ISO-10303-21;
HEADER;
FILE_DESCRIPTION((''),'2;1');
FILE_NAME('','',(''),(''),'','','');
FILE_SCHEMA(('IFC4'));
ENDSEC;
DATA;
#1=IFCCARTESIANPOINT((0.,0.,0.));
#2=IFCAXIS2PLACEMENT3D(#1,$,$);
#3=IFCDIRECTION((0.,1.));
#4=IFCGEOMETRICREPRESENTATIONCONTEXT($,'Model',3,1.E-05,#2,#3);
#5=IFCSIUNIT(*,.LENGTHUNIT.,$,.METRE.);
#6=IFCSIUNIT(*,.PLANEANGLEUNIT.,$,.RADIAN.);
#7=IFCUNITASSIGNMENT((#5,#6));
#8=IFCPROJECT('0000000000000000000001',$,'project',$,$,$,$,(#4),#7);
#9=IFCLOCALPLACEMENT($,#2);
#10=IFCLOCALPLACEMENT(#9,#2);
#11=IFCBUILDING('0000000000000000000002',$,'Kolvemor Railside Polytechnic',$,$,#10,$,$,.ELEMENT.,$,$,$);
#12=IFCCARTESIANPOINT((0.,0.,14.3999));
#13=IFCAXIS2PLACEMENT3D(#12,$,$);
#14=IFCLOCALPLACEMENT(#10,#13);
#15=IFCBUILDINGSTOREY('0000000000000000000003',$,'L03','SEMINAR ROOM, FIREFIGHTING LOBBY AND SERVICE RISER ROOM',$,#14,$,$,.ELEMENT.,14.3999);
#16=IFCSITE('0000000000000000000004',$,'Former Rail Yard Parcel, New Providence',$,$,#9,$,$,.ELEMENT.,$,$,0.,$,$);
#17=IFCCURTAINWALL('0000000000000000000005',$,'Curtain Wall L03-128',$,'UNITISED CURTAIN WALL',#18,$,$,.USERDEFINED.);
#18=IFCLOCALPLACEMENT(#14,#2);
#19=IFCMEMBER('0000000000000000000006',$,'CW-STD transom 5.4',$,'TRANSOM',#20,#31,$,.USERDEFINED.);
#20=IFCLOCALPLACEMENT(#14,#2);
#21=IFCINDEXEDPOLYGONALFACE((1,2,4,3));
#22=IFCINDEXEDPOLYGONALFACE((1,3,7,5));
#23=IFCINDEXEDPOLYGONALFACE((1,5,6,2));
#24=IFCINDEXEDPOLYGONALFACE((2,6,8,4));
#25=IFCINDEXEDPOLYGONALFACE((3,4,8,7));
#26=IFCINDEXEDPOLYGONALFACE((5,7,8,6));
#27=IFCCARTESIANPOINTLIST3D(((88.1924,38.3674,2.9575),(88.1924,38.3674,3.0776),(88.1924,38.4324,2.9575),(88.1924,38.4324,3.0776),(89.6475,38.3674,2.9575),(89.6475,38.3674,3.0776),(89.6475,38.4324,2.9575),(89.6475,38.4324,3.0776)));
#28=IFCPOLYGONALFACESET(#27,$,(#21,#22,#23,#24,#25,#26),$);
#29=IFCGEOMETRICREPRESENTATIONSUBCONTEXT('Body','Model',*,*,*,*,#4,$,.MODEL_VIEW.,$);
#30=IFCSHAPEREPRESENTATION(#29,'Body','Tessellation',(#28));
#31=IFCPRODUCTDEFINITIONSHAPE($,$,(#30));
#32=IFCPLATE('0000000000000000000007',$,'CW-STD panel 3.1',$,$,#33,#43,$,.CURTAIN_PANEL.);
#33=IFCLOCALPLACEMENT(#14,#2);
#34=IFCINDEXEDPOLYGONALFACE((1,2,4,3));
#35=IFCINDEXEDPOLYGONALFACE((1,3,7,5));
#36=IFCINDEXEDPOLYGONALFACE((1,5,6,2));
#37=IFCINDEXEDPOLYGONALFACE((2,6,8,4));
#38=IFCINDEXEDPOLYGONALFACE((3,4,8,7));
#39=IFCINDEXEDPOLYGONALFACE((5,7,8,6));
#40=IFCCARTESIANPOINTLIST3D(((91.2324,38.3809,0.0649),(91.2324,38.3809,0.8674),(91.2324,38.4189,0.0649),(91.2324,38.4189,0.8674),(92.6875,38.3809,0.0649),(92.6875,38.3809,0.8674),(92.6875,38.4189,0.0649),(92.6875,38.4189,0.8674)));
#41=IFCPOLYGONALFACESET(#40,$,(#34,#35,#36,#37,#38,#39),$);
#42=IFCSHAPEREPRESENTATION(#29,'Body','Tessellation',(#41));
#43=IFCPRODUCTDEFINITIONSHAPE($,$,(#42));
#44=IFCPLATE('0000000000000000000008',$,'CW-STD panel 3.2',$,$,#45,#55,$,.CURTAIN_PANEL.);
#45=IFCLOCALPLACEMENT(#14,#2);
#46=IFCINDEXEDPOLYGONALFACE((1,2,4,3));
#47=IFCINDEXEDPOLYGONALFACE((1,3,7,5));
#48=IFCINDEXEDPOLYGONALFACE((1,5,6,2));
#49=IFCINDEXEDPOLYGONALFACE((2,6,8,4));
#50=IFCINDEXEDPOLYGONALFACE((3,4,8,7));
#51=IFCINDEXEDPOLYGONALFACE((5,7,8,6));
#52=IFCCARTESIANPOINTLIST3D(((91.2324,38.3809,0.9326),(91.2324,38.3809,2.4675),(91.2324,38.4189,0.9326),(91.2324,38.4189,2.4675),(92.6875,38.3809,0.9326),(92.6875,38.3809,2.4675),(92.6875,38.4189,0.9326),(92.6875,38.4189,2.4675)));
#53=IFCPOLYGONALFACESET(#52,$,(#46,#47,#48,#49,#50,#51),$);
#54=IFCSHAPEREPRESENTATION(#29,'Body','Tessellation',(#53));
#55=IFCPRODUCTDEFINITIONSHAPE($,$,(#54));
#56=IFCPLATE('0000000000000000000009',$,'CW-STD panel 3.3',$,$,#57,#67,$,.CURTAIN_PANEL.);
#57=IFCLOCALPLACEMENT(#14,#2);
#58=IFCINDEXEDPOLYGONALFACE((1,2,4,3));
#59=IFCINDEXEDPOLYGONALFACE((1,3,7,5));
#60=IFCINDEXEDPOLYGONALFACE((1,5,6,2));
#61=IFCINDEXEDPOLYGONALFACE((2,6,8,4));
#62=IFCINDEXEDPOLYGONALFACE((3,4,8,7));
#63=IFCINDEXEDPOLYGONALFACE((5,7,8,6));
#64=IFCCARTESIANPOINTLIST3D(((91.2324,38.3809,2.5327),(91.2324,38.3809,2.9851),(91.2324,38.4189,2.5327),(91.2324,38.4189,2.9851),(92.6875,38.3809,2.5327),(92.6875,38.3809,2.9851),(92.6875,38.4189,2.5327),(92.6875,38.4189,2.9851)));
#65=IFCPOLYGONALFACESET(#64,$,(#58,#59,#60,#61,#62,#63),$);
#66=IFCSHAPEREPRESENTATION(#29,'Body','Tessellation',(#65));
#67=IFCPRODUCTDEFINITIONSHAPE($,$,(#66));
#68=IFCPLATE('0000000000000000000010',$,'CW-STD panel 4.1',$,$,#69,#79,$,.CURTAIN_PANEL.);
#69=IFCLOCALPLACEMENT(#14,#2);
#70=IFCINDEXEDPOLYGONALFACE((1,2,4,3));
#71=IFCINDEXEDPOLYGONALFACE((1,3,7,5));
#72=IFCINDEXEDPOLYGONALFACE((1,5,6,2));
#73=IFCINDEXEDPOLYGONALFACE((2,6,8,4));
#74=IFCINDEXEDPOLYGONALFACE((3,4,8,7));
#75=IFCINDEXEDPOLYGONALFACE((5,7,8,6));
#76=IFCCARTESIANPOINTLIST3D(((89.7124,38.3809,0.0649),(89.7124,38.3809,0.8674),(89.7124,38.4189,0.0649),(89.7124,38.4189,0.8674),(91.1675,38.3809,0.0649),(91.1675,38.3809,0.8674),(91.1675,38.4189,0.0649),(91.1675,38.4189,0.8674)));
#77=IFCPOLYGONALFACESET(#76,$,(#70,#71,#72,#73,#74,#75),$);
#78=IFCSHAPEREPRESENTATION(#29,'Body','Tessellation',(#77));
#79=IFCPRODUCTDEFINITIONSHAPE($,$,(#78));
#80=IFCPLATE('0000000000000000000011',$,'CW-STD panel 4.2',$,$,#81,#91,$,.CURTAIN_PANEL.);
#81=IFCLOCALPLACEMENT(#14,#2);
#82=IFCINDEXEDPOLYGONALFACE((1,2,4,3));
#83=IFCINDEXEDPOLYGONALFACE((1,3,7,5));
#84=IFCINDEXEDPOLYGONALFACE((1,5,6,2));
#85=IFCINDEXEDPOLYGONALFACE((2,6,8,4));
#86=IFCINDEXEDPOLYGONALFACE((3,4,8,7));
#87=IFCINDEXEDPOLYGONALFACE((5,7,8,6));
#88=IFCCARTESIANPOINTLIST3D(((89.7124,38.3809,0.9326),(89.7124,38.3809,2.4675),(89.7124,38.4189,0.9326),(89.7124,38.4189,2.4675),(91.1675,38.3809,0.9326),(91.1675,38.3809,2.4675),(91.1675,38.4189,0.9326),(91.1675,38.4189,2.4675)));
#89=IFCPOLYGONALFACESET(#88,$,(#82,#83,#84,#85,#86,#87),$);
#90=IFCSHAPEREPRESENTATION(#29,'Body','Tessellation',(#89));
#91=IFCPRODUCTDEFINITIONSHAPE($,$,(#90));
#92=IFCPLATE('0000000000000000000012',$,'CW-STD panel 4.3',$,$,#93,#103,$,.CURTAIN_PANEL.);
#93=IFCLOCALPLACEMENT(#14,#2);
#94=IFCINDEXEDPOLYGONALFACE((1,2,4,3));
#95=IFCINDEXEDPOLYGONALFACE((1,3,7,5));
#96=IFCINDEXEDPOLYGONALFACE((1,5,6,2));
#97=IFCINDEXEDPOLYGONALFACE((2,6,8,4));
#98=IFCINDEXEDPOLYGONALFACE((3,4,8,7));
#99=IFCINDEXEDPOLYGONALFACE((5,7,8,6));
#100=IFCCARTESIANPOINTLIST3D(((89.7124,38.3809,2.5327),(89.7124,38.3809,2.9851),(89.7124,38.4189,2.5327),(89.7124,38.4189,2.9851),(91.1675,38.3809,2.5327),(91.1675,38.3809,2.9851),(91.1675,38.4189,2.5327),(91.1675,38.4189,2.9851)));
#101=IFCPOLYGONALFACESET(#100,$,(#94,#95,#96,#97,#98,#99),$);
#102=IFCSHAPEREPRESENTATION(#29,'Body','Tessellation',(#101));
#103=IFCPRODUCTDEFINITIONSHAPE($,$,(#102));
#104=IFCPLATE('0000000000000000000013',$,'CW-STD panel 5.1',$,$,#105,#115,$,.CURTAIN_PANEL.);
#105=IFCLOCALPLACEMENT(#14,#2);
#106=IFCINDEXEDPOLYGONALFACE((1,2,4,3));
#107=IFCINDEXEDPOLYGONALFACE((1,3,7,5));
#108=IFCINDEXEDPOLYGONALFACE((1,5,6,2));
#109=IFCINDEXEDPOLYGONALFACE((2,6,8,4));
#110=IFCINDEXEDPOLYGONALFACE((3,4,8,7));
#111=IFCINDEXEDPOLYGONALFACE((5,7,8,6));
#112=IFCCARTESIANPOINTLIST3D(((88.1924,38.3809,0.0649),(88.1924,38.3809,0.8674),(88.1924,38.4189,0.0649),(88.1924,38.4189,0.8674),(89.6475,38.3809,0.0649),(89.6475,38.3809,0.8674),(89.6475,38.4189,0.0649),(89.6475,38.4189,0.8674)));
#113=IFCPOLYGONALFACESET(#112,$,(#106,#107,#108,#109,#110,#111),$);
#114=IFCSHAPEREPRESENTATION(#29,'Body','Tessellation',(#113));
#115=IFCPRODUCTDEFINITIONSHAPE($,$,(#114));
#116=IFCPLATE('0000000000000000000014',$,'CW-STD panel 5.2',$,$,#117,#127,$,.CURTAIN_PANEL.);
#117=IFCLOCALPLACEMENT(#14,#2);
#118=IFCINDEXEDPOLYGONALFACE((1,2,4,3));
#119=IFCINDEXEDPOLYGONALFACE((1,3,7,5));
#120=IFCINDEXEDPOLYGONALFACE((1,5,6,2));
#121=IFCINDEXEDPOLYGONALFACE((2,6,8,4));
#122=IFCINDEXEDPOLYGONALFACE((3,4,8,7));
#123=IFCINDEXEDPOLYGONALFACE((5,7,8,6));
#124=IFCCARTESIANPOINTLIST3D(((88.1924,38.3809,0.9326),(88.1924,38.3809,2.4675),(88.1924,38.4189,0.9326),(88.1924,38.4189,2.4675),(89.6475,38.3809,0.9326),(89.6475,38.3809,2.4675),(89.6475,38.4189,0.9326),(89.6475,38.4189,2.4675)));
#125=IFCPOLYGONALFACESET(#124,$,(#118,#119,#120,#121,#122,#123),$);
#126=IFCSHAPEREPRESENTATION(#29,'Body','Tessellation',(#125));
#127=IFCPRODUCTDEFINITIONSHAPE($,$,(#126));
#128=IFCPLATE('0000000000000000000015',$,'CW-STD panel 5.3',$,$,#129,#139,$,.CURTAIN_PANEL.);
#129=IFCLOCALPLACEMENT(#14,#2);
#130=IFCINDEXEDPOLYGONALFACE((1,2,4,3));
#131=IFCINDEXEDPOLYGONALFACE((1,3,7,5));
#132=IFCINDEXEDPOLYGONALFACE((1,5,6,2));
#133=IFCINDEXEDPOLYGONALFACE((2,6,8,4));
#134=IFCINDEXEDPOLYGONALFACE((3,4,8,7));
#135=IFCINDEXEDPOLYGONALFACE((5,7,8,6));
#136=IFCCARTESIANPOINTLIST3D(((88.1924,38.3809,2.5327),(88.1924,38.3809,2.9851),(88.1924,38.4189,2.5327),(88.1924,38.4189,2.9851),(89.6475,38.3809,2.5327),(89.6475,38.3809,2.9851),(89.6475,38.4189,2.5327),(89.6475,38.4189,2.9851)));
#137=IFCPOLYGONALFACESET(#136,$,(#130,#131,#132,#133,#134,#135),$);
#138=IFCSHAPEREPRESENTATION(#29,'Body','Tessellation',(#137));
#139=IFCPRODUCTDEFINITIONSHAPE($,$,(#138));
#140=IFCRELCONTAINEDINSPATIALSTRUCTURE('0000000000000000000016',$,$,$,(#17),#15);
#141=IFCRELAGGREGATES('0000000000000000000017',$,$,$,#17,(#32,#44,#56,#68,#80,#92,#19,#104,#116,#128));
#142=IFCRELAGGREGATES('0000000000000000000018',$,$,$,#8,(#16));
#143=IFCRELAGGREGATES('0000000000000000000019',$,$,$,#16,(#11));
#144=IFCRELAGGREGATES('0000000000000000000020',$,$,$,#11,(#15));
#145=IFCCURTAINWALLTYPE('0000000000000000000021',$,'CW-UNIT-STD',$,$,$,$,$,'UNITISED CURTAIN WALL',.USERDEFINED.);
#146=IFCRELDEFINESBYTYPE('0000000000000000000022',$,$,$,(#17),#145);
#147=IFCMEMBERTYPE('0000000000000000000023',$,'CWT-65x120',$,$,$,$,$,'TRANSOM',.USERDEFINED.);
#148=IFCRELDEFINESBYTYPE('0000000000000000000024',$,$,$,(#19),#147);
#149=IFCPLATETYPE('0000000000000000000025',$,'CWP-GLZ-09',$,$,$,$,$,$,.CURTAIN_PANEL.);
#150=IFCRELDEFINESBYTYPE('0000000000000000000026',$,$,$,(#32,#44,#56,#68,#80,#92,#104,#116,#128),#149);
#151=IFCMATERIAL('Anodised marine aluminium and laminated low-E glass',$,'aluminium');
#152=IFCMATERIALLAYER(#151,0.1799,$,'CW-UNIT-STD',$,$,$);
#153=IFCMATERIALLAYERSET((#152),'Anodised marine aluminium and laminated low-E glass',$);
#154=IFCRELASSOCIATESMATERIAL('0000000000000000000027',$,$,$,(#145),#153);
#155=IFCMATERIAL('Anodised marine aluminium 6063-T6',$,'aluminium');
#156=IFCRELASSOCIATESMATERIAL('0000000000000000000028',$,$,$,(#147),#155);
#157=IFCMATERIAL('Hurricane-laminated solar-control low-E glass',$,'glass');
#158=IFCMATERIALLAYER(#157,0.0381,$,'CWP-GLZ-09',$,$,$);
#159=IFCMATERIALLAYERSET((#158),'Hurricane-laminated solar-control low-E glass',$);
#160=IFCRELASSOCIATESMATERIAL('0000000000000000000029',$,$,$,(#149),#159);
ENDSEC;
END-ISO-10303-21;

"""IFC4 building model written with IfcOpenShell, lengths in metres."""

from ifc_helpers import new_model, si_unit, direction, frame, origin, origin_2d, place, context, subcontext, project, spatial, rectangle, extrude, material, layer, layer_set, material_profile, profile_set, type_object, element, aggregate, save


model = new_model("IFC4")

# Units and contexts
model_context = context("Model", 3, precision=1e-05, world=origin(), true_north=direction((0.0, 1.0)))
body_context = subcontext(model_context, "Body", "Model", "MODEL_VIEW")
ifc_project = project(units=[si_unit("LENGTHUNIT", "METRE"), si_unit("PLANEANGLEUNIT", "RADIAN")], contexts=[model_context])

# Site, building, storey
site_placement = place(None, origin())
site = spatial("IfcSite", under=ifc_project, at=site_placement, Name="Former Rail Yard Parcel, New Providence", CompositionType="ELEMENT", RefElevation=0.0)
building_placement = place(site_placement, origin())
building = spatial("IfcBuilding", under=site, at=building_placement, Name="Kolvemor Railside Polytechnic", CompositionType="ELEMENT")
storey_placement = place(building_placement, frame((0.0, 0.0, 14.3999)))
storey = spatial("IfcBuildingStorey", under=building, at=storey_placement, Name="L03", Description="SEMINAR ROOM, FIREFIGHTING LOBBY AND SERVICE RISER ROOM", CompositionType="ELEMENT", Elevation=14.3999)

# Curtain wall, member, plates
ifc_material_1 = material(Name="Anodised marine aluminium and laminated low-E glass", Category="aluminium")
ifc_layer_1 = layer(ifc_material_1, 0.1799, Name="CW-UNIT-STD")
ifc_layer_set_1 = layer_set([ifc_layer_1], Name="Anodised marine aluminium and laminated low-E glass")
curtain_wall_type = type_object("IfcCurtainWallType", Name="CW-UNIT-STD", ElementType="UNITISED CURTAIN WALL", PredefinedType="USERDEFINED", material=ifc_layer_set_1)
curtain_wall_placement = place(storey_placement, origin())
curtain_wall = element("IfcCurtainWall", 1, at=curtain_wall_placement, inside=storey, type_object=curtain_wall_type, Name="Curtain Wall L03-128", ObjectType="UNITISED CURTAIN WALL", PredefinedType="USERDEFINED")
ifc_material_2 = material(Name="Anodised marine aluminium 6063-T6", Category="aluminium")
ifc_material_profile_1 = material_profile(ifc_material_2, rectangle(XDim=0.0649, YDim=0.1201, at=origin_2d()), Name="CW-TRN-65x120")
ifc_profile_set_1 = profile_set([ifc_material_profile_1], Name="Anodised marine aluminium 6063-T6")
member_type_1 = type_object("IfcMemberType", Name="CWT-65x120", ElementType="TRANSOM", PredefinedType="USERDEFINED", material=ifc_profile_set_1)
member_1_placement = place(storey_placement, frame((89.6475, 38.3999, 3.0176), z_axis=(-1.0, 0.0, 0.0), x_axis=(0.0, -1.0, 0.0)))
member_1 = element("IfcMember", 2, at=member_1_placement, type_object=member_type_1, Name="CW-STD transom 5.4", ObjectType="TRANSOM", PredefinedType="USERDEFINED", context=body_context, shape_type="SweptSolid", body=[
    extrude(rectangle(XDim=0.0649, YDim=0.1201, at=origin_2d()), origin(), (0.0, 0.0, 1.0), 1.4551),
])
ifc_material_3 = material(Name="Hurricane-laminated solar-control low-E glass", Category="glass")
ifc_layer_2 = layer(ifc_material_3, 0.0381, Name="CWP-GLZ-09")
ifc_layer_set_2 = layer_set([ifc_layer_2], Name="Hurricane-laminated solar-control low-E glass")
plate_type = type_object("IfcPlateType", Name="CWP-GLZ-09", PredefinedType="CURTAIN_PANEL", material=ifc_layer_set_2)
plate_1_placement = place(storey_placement, frame((91.96, 38.3999, 0.0649), z_axis=(0.0, 0.0, 1.0), x_axis=(-1.0, 0.0, 0.0)))
plate_1 = element("IfcPlate", 3, at=plate_1_placement, type_object=plate_type, Name="CW-STD panel 3.1", PredefinedType="CURTAIN_PANEL", context=body_context, shape_type="SweptSolid", body=[
    extrude(rectangle(XDim=1.4551, YDim=0.0381, at=origin_2d()), origin(), (0.0, 0.0, 1.0), 0.8025),
])
plate_2_placement = place(storey_placement, frame((91.96, 38.3999, 0.9326), z_axis=(0.0, 0.0, 1.0), x_axis=(-1.0, 0.0, 0.0)))
plate_2 = element("IfcPlate", 4, at=plate_2_placement, type_object=plate_type, Name="CW-STD panel 3.2", PredefinedType="CURTAIN_PANEL", context=body_context, shape_type="SweptSolid", body=[
    extrude(rectangle(XDim=1.4551, YDim=0.0381, at=origin_2d()), origin(), (0.0, 0.0, 1.0), 1.5349),
])
plate_3_placement = place(storey_placement, frame((91.96, 38.3999, 2.5327), z_axis=(0.0, 0.0, 1.0), x_axis=(-1.0, 0.0, 0.0)))
plate_3 = element("IfcPlate", 5, at=plate_3_placement, type_object=plate_type, Name="CW-STD panel 3.3", PredefinedType="CURTAIN_PANEL", context=body_context, shape_type="SweptSolid", body=[
    extrude(rectangle(XDim=1.4551, YDim=0.0381, at=origin_2d()), origin(), (0.0, 0.0, 1.0), 0.4524),
])
plate_4_placement = place(storey_placement, frame((90.4399, 38.3999, 0.0649), z_axis=(0.0, 0.0, 1.0), x_axis=(-1.0, 0.0, 0.0)))
plate_4 = element("IfcPlate", 6, at=plate_4_placement, type_object=plate_type, Name="CW-STD panel 4.1", PredefinedType="CURTAIN_PANEL", context=body_context, shape_type="SweptSolid", body=[
    extrude(rectangle(XDim=1.4551, YDim=0.0381, at=origin_2d()), origin(), (0.0, 0.0, 1.0), 0.8025),
])
plate_5_placement = place(storey_placement, frame((90.4399, 38.3999, 0.9326), z_axis=(0.0, 0.0, 1.0), x_axis=(-1.0, 0.0, 0.0)))
plate_5 = element("IfcPlate", 7, at=plate_5_placement, type_object=plate_type, Name="CW-STD panel 4.2", PredefinedType="CURTAIN_PANEL", context=body_context, shape_type="SweptSolid", body=[
    extrude(rectangle(XDim=1.4551, YDim=0.0381, at=origin_2d()), origin(), (0.0, 0.0, 1.0), 1.5349),
])
plate_6_placement = place(storey_placement, frame((90.4399, 38.3999, 2.5327), z_axis=(0.0, 0.0, 1.0), x_axis=(-1.0, 0.0, 0.0)))
plate_6 = element("IfcPlate", 8, at=plate_6_placement, type_object=plate_type, Name="CW-STD panel 4.3", PredefinedType="CURTAIN_PANEL", context=body_context, shape_type="SweptSolid", body=[
    extrude(rectangle(XDim=1.4551, YDim=0.0381, at=origin_2d()), origin(), (0.0, 0.0, 1.0), 0.4524),
])
plate_7_placement = place(storey_placement, frame((88.9199, 38.3999, 0.0649), z_axis=(0.0, 0.0, 1.0), x_axis=(-1.0, 0.0, 0.0)))
plate_7 = element("IfcPlate", 9, at=plate_7_placement, type_object=plate_type, Name="CW-STD panel 5.1", PredefinedType="CURTAIN_PANEL", context=body_context, shape_type="SweptSolid", body=[
    extrude(rectangle(XDim=1.4551, YDim=0.0381, at=origin_2d()), origin(), (0.0, 0.0, 1.0), 0.8025),
])
plate_8_placement = place(storey_placement, frame((88.9199, 38.3999, 0.9326), z_axis=(0.0, 0.0, 1.0), x_axis=(-1.0, 0.0, 0.0)))
plate_8 = element("IfcPlate", 10, at=plate_8_placement, type_object=plate_type, Name="CW-STD panel 5.2", PredefinedType="CURTAIN_PANEL", context=body_context, shape_type="SweptSolid", body=[
    extrude(rectangle(XDim=1.4551, YDim=0.0381, at=origin_2d()), origin(), (0.0, 0.0, 1.0), 1.5349),
])
plate_9_placement = place(storey_placement, frame((88.9199, 38.3999, 2.5327), z_axis=(0.0, 0.0, 1.0), x_axis=(-1.0, 0.0, 0.0)))
plate_9 = element("IfcPlate", 11, at=plate_9_placement, type_object=plate_type, Name="CW-STD panel 5.3", PredefinedType="CURTAIN_PANEL", context=body_context, shape_type="SweptSolid", body=[
    extrude(rectangle(XDim=1.4551, YDim=0.0381, at=origin_2d()), origin(), (0.0, 0.0, 1.0), 0.4524),
])
aggregate(curtain_wall, [plate_1, plate_2, plate_3, plate_4, plate_5, plate_6, member_1, plate_7, plate_8, plate_9])

save(model, "model.ifc")
